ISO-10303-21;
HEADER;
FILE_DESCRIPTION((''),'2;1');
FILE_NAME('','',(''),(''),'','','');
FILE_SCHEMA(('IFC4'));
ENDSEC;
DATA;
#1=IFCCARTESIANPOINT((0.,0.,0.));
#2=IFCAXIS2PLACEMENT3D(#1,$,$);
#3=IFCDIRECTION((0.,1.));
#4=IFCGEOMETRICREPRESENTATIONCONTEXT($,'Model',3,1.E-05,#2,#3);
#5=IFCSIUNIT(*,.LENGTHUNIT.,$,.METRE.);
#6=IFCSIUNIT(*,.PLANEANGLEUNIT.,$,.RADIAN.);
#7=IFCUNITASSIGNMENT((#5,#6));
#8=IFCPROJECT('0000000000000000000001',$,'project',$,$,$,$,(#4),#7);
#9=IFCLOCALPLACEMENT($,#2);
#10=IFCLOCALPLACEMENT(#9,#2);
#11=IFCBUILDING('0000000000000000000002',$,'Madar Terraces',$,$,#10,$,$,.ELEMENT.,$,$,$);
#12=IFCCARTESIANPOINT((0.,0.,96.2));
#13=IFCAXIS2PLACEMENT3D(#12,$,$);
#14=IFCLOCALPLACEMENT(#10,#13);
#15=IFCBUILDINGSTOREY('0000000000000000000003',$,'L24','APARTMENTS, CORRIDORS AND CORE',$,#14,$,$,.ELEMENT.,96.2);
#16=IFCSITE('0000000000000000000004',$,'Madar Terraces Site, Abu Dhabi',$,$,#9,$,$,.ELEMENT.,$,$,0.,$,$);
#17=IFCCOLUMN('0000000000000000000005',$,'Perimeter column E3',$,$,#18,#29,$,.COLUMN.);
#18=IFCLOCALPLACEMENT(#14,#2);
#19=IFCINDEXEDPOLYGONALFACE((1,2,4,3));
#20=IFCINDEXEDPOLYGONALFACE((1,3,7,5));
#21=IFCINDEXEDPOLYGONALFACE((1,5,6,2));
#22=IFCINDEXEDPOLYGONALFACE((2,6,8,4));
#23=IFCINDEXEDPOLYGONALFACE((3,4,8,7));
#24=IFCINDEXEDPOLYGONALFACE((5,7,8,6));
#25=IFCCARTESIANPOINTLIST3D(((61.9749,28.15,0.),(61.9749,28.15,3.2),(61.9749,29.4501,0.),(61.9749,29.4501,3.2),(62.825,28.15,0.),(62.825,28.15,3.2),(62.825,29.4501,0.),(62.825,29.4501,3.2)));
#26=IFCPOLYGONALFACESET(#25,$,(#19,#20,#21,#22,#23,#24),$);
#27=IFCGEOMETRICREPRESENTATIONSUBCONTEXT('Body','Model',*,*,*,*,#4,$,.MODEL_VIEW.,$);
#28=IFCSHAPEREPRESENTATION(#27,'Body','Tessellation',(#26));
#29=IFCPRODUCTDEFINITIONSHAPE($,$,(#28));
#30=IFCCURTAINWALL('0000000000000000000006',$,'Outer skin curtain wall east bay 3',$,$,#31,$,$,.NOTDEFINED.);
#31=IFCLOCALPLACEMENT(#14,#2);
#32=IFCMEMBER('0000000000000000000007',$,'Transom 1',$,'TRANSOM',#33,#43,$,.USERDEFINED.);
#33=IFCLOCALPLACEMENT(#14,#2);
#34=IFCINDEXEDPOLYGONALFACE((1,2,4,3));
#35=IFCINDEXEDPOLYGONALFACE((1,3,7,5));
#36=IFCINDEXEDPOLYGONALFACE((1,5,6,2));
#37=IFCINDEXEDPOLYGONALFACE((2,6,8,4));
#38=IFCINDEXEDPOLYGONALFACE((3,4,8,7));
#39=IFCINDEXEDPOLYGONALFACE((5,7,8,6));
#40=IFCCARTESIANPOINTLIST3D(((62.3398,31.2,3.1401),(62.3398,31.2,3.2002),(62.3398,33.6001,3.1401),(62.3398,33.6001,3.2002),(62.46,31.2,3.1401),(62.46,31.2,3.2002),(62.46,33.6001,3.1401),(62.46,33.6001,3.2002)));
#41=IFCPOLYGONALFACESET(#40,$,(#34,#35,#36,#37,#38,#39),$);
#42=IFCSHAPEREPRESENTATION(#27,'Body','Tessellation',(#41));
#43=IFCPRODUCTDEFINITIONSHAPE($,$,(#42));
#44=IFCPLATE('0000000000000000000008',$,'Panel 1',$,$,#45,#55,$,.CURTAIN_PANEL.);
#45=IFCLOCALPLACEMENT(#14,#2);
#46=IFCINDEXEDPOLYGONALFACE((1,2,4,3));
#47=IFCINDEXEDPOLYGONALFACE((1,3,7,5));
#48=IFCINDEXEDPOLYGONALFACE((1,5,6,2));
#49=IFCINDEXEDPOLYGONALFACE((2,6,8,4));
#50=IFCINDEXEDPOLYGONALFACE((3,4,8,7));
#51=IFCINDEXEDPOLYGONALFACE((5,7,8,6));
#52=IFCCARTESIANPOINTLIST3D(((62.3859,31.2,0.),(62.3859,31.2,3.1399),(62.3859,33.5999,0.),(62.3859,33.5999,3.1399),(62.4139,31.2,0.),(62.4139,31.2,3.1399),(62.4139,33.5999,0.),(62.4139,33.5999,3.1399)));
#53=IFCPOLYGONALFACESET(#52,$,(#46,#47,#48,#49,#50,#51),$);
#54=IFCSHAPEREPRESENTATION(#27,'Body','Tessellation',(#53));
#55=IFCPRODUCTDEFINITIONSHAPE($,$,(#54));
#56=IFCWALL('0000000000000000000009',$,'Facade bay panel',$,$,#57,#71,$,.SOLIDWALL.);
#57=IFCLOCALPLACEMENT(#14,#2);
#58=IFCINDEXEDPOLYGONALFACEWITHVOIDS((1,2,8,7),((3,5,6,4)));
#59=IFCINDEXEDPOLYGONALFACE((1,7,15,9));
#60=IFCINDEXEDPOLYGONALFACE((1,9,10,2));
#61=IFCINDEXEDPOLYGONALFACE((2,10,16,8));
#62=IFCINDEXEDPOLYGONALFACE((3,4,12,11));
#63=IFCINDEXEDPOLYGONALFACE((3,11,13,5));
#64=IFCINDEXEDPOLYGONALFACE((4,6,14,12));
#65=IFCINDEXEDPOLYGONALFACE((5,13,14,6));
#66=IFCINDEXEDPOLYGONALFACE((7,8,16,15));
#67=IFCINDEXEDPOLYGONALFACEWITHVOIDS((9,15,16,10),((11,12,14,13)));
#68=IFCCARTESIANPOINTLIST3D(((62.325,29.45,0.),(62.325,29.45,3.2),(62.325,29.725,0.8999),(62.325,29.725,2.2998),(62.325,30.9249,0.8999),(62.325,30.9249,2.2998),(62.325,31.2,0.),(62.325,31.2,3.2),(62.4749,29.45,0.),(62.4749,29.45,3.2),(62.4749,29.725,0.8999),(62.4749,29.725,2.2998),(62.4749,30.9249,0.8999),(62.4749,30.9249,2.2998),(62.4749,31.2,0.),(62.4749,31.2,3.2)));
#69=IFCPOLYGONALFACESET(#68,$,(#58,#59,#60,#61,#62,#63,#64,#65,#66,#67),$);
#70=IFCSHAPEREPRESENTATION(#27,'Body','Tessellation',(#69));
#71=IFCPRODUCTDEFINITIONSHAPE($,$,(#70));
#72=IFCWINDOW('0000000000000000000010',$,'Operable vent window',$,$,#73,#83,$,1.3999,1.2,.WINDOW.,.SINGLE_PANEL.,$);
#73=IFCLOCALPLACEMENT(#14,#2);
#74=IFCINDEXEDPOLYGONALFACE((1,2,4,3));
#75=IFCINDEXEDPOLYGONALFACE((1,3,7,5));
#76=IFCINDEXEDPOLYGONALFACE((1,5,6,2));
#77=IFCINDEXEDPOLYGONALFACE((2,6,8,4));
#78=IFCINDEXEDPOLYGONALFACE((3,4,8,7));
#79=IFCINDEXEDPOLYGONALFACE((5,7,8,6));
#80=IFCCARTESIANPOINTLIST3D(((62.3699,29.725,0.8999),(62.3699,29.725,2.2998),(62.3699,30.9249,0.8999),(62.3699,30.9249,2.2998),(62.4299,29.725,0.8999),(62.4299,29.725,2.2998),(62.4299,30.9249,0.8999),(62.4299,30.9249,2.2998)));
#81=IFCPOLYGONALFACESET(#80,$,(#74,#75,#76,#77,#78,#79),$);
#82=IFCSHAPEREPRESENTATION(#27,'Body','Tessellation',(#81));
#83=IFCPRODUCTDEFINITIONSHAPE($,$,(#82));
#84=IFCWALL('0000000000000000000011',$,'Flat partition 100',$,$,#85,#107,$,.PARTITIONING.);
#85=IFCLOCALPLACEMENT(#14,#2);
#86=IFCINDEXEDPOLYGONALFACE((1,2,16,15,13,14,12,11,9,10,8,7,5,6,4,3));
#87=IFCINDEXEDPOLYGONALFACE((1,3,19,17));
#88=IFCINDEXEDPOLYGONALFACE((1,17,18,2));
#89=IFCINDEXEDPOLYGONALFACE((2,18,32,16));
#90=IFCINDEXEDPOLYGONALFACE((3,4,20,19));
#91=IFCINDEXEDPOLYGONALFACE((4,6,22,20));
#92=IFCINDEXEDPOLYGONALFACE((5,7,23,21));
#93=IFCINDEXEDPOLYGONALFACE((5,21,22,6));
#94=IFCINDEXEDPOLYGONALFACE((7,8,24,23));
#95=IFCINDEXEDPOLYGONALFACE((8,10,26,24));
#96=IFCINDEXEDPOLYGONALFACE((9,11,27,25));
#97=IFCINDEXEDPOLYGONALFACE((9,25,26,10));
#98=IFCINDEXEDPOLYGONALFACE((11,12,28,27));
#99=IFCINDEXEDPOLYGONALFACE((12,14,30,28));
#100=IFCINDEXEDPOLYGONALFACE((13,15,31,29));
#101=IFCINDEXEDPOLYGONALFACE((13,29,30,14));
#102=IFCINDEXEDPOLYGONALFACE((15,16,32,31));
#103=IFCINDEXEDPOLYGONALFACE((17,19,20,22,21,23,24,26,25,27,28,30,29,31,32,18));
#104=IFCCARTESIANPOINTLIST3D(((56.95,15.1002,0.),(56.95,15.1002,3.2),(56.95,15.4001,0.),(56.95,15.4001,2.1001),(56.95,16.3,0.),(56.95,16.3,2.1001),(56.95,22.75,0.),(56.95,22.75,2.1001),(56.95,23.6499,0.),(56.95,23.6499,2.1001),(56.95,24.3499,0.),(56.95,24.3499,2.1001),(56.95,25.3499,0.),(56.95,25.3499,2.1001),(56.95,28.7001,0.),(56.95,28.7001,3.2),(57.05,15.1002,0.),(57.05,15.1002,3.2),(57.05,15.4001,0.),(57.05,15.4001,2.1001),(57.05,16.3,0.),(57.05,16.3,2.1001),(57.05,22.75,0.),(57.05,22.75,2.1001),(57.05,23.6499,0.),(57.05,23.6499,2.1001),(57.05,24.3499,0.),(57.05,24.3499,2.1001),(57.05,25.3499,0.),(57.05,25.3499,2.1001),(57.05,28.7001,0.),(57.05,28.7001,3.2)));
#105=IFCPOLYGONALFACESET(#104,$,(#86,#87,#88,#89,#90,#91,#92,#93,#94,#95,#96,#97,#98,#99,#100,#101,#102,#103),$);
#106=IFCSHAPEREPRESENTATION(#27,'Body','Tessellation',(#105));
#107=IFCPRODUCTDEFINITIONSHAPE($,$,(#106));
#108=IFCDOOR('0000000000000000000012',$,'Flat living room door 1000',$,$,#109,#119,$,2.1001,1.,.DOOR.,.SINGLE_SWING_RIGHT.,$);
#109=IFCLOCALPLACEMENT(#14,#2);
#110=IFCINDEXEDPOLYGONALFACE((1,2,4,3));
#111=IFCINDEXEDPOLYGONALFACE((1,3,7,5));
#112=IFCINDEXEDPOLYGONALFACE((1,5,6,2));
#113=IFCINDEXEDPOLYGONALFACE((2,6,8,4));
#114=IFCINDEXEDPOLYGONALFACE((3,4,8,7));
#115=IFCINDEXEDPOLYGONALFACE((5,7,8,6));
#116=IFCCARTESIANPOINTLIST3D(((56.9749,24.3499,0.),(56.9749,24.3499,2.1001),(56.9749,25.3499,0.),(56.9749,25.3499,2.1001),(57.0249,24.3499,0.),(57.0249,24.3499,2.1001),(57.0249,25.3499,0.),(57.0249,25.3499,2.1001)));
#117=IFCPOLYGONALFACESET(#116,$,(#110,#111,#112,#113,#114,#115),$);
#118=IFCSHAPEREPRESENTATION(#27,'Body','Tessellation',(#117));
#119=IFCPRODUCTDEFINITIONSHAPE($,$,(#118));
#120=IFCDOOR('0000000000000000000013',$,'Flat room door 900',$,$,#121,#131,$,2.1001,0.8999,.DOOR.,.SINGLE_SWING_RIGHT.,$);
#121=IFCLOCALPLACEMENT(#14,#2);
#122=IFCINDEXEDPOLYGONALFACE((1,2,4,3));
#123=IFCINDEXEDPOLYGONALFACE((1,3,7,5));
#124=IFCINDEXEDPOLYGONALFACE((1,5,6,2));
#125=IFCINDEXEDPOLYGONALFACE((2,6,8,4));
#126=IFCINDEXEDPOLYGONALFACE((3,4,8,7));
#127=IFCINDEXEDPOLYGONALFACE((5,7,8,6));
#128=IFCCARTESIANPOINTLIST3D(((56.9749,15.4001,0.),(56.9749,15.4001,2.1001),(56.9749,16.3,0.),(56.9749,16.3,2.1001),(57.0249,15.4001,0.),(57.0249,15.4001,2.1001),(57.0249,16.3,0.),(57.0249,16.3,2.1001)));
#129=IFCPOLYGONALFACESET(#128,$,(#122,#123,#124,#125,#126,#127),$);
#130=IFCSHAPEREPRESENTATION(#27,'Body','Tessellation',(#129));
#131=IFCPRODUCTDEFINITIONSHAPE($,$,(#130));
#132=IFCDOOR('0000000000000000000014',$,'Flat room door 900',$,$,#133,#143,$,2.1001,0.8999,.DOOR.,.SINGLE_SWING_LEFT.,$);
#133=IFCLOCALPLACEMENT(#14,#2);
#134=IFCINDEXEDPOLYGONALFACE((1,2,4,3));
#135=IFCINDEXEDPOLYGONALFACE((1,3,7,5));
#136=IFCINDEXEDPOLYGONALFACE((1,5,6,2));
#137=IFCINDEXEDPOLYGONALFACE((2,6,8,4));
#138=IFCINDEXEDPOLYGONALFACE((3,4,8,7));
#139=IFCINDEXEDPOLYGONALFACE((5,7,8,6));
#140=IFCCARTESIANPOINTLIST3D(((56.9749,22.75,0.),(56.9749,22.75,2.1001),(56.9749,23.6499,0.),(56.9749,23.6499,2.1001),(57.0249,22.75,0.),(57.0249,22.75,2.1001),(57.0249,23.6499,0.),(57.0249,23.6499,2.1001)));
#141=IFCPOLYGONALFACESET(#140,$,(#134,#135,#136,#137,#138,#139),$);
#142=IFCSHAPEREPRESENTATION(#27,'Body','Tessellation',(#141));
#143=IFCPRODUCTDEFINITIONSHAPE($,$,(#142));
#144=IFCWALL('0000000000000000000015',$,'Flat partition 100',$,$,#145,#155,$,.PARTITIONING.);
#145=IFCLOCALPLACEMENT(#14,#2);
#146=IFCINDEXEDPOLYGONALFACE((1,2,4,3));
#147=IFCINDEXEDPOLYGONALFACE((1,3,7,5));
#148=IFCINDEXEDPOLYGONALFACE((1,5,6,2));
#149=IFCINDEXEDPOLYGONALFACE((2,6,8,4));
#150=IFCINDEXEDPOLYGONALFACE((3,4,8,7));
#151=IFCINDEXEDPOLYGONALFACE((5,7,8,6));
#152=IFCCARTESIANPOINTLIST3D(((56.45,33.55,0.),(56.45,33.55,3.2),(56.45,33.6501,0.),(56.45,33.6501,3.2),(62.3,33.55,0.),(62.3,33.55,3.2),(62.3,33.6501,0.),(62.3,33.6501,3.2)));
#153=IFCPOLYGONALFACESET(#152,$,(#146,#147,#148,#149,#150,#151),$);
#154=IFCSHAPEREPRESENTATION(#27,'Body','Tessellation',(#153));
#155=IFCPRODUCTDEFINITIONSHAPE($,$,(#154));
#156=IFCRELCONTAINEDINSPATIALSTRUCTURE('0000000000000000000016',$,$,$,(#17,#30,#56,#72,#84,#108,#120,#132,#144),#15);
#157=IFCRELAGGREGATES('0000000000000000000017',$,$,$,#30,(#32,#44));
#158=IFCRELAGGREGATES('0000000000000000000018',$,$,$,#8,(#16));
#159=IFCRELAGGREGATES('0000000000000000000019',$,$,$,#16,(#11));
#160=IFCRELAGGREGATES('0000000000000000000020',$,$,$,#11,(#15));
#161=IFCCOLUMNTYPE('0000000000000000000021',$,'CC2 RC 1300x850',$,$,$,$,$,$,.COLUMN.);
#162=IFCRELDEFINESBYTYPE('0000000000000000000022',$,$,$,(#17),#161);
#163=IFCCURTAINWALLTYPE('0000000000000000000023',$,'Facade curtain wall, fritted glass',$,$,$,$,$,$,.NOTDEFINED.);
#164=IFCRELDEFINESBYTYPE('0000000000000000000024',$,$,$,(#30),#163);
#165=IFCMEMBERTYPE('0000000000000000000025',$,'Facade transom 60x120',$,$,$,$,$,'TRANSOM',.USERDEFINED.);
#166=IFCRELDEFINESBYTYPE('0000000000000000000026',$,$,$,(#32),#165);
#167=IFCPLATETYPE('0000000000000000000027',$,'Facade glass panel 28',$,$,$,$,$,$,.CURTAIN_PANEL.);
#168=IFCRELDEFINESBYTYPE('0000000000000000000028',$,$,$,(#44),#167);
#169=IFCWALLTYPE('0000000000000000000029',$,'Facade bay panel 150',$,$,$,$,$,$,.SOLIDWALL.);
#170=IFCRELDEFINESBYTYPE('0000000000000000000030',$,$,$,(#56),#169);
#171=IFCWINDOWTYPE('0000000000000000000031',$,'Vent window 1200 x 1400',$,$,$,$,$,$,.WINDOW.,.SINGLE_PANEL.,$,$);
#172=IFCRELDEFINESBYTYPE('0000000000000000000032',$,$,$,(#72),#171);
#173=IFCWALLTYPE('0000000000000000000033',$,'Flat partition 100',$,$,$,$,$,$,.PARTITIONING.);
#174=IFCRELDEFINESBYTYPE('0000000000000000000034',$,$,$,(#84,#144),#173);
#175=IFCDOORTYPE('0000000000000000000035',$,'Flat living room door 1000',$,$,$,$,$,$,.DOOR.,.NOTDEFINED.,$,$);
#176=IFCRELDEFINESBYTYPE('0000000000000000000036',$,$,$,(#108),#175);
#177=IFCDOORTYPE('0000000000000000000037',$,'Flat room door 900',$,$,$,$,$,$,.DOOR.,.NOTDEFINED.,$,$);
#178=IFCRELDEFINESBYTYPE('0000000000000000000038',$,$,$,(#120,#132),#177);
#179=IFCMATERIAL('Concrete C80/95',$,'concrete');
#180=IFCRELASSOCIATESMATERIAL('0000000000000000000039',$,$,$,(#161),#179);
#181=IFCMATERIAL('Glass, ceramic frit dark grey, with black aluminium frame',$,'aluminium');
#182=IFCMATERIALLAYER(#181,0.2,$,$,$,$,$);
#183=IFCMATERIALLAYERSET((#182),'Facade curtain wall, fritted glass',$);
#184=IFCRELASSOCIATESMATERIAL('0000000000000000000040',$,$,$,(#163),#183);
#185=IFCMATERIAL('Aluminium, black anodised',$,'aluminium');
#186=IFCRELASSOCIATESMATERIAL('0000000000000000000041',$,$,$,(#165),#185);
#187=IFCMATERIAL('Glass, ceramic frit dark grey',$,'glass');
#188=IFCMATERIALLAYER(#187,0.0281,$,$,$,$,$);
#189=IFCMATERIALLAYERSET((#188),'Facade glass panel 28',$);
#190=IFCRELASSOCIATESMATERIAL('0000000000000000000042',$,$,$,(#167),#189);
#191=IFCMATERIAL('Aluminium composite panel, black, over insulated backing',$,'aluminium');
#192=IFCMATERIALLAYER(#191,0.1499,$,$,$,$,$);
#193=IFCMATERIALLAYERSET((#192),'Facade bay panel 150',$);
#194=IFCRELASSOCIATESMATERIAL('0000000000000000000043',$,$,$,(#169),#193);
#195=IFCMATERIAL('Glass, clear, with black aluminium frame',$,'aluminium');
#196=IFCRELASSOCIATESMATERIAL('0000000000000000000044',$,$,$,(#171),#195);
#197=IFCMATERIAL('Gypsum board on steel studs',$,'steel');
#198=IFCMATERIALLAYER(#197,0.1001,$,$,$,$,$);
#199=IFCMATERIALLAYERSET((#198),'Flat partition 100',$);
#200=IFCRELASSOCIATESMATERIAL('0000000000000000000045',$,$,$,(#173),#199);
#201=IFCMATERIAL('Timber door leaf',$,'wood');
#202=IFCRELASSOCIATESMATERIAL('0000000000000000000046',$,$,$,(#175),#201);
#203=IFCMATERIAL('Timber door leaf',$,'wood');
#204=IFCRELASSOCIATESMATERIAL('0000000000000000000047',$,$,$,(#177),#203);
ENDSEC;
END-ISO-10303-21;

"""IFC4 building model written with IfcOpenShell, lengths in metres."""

from ifc_helpers import new_model, si_unit, direction, frame, frame_2d, origin, origin_2d, place, context, subcontext, project, spatial, rectangle, extrude, material, layer, layer_set, material_profile, profile_set, type_object, element, fill, aggregate, save


model = new_model("IFC4")

# Units and contexts
model_context = context("Model", 3, precision=1e-05, world=origin(), true_north=direction((0.0, 1.0)))
body_context = subcontext(model_context, "Body", "Model", "MODEL_VIEW")
ifc_project = project(units=[si_unit("LENGTHUNIT", "METRE"), si_unit("PLANEANGLEUNIT", "RADIAN")], contexts=[model_context])

# Site, building, storey
site_placement = place(None, origin())
site = spatial("IfcSite", under=ifc_project, at=site_placement, Name="Madar Terraces Site, Abu Dhabi", CompositionType="ELEMENT", RefElevation=0.0)
building_placement = place(site_placement, origin())
building = spatial("IfcBuilding", under=site, at=building_placement, Name="Madar Terraces", CompositionType="ELEMENT")
storey_placement = place(building_placement, frame((0.0, 0.0, 96.2)))
storey = spatial("IfcBuildingStorey", under=building, at=storey_placement, Name="L24", Description="APARTMENTS, CORRIDORS AND CORE", CompositionType="ELEMENT", Elevation=96.2)

# Column
ifc_material_1 = material(Name="Concrete C80/95", Category="concrete")
ifc_material_profile_1 = material_profile(ifc_material_1, rectangle(XDim=1.3, YDim=0.8501, at=origin_2d()), Name="CC2 RC 1300x850")
ifc_profile_set_1 = profile_set([ifc_material_profile_1], Name="Concrete C80/95")
column_type = type_object("IfcColumnType", Name="CC2 RC 1300x850", PredefinedType="COLUMN", material=ifc_profile_set_1)
column_placement = place(storey_placement, frame((62.3999, 28.8, 0.0), z_axis=(0.0, 0.0, 1.0), x_axis=(0.0, 1.0, 0.0)))
element("IfcColumn", 1, at=column_placement, inside=storey, type_object=column_type, Name="Perimeter column E3", PredefinedType="COLUMN", context=body_context, shape_type="SweptSolid", body=[
    extrude(rectangle(XDim=1.3, YDim=0.8501, at=origin_2d()), origin(), (0.0, 0.0, 1.0), 3.2),
])

# Curtain wall, member, plate
ifc_material_2 = material(Name="Glass, ceramic frit dark grey, with black aluminium frame", Category="aluminium")
ifc_layer_1 = layer(ifc_material_2, 0.2)
ifc_layer_set_1 = layer_set([ifc_layer_1], Name="Facade curtain wall, fritted glass")
curtain_wall_type = type_object("IfcCurtainWallType", Name="Facade curtain wall, fritted glass", PredefinedType="NOTDEFINED", material=ifc_layer_set_1)
curtain_wall_placement = place(storey_placement, origin())
curtain_wall = element("IfcCurtainWall", 2, at=curtain_wall_placement, inside=storey, type_object=curtain_wall_type, Name="Outer skin curtain wall east bay 3", PredefinedType="NOTDEFINED")
ifc_material_3 = material(Name="Aluminium, black anodised", Category="aluminium")
ifc_material_profile_2 = material_profile(ifc_material_3, rectangle(XDim=0.1201, YDim=0.0601, at=origin_2d()), Name="Facade transom 60x120")
ifc_profile_set_2 = profile_set([ifc_material_profile_2], Name="Aluminium, black anodised")
member_type = type_object("IfcMemberType", Name="Facade transom 60x120", ElementType="TRANSOM", PredefinedType="USERDEFINED", material=ifc_profile_set_2)
member_placement = place(storey_placement, frame((62.3999, 31.2, 3.1702), z_axis=(0.0, 1.0, 0.0), x_axis=(-1.0, 0.0, 0.0)))
member = element("IfcMember", 3, at=member_placement, type_object=member_type, Name="Transom 1", ObjectType="TRANSOM", PredefinedType="USERDEFINED", context=body_context, shape_type="SweptSolid", body=[
    extrude(rectangle(XDim=0.1201, YDim=0.0601, at=origin_2d()), origin(), (0.0, 0.0, 1.0), 2.4001),
])
ifc_material_4 = material(Name="Glass, ceramic frit dark grey", Category="glass")
ifc_layer_2 = layer(ifc_material_4, 0.0281)
ifc_layer_set_2 = layer_set([ifc_layer_2], Name="Facade glass panel 28")
plate_type = type_object("IfcPlateType", Name="Facade glass panel 28", PredefinedType="CURTAIN_PANEL", material=ifc_layer_set_2)
plate_placement = place(storey_placement, frame((62.3999, 32.3999, 0.0), z_axis=(0.0, 0.0, 1.0), x_axis=(0.0, 1.0, 0.0)))
plate = element("IfcPlate", 4, at=plate_placement, type_object=plate_type, Name="Panel 1", PredefinedType="CURTAIN_PANEL", context=body_context, shape_type="SweptSolid", body=[
    extrude(rectangle(XDim=2.3999, YDim=0.0281, at=origin_2d()), origin(), (0.0, 0.0, 1.0), 3.1399),
])
aggregate(curtain_wall, [member, plate])

# Wall, opening, window
ifc_material_5 = material(Name="Aluminium composite panel, black, over insulated backing", Category="aluminium")
ifc_layer_3 = layer(ifc_material_5, 0.1499)
ifc_layer_set_3 = layer_set([ifc_layer_3], Name="Facade bay panel 150")
wall_type_1 = type_object("IfcWallType", Name="Facade bay panel 150", PredefinedType="SOLIDWALL", material=ifc_layer_set_3)
wall_1_placement = place(storey_placement, frame((62.3999, 29.45, 0.0), z_axis=(0.0, 0.0, 1.0), x_axis=(0.0, 1.0, 0.0)))
wall_1 = element("IfcWall", 5, at=wall_1_placement, inside=storey, type_object=wall_type_1, Name="Facade bay panel", PredefinedType="SOLIDWALL", context=body_context, shape_type="SweptSolid", body=[
    extrude(rectangle(XDim=1.75, YDim=0.1499, at=frame_2d((0.875, 0.0))), origin(), (0.0, 0.0, 1.0), 3.2),
])
opening_1_placement = place(wall_1_placement, frame((0.2749, 0.0, 0.8999)))
opening_1 = element("IfcOpeningElement", 6, at=opening_1_placement, cuts=wall_1, PredefinedType="OPENING", context=body_context, shape_type="SweptSolid", body=[
    extrude(rectangle(XDim=1.2, YDim=1.3999, at=frame_2d((0.6001, 0.7))), frame((0.0, 0.085, 0.0), z_axis=(0.0, -1.0, 0.0), x_axis=(1.0, 0.0, 0.0)), (0.0, 0.0, 1.0), 0.1699),
])
ifc_material_6 = material(Name="Glass, clear, with black aluminium frame", Category="aluminium")
window_type = type_object("IfcWindowType", Name="Vent window 1200 x 1400", PartitioningType="SINGLE_PANEL", PredefinedType="WINDOW", material=ifc_material_6)
window_placement = place(opening_1_placement, origin())
window = element("IfcWindow", 7, at=window_placement, inside=storey, type_object=window_type, Name="Operable vent window", OverallHeight=1.3999, OverallWidth=1.2, PartitioningType="SINGLE_PANEL", PredefinedType="WINDOW", context=body_context, shape_type="SweptSolid", body=[
    extrude(rectangle(XDim=1.2, YDim=1.3999, at=frame_2d((0.6001, 0.7))), frame((0.0, 0.03, 0.0), z_axis=(0.0, -1.0, 0.0), x_axis=(1.0, 0.0, 0.0)), (0.0, 0.0, 1.0), 0.0601),
])
fill(opening_1, window)

# Wall, openings, doors
ifc_material_7 = material(Name="Gypsum board on steel studs", Category="steel")
ifc_layer_4 = layer(ifc_material_7, 0.1001)
ifc_layer_set_4 = layer_set([ifc_layer_4], Name="Flat partition 100")
wall_type_2 = type_object("IfcWallType", Name="Flat partition 100", PredefinedType="PARTITIONING", material=ifc_layer_set_4)
wall_2_placement = place(storey_placement, frame((57.0, 28.7, 0.0), z_axis=(0.0, 0.0, 1.0), x_axis=(0.0, -1.0, 0.0)))
wall_2 = element("IfcWall", 8, at=wall_2_placement, inside=storey, type_object=wall_type_2, Name="Flat partition 100", PredefinedType="PARTITIONING", context=body_context, shape_type="SweptSolid", body=[
    extrude(rectangle(XDim=13.5999, YDim=0.1001, at=frame_2d((6.7998, 0.0))), origin(), (0.0, 0.0, 1.0), 3.2),
])
opening_2_placement = place(wall_2_placement, frame((12.3999, 0.0, 0.0)))
opening_2 = element("IfcOpeningElement", 9, at=opening_2_placement, cuts=wall_2, PredefinedType="OPENING", context=body_context, shape_type="SweptSolid", body=[
    extrude(rectangle(XDim=0.8999, YDim=2.1001, at=frame_2d((0.45, 1.05))), frame((0.0, 0.0601, 0.0), z_axis=(0.0, -1.0, 0.0), x_axis=(1.0, 0.0, 0.0)), (0.0, 0.0, 1.0), 0.1201),
])
opening_3_placement = place(wall_2_placement, frame((5.05, 0.0, 0.0)))
opening_3 = element("IfcOpeningElement", 10, at=opening_3_placement, cuts=wall_2, PredefinedType="OPENING", context=body_context, shape_type="SweptSolid", body=[
    extrude(rectangle(XDim=0.8999, YDim=2.1001, at=frame_2d((0.45, 1.05))), frame((0.0, 0.0601, 0.0), z_axis=(0.0, -1.0, 0.0), x_axis=(1.0, 0.0, 0.0)), (0.0, 0.0, 1.0), 0.1201),
])
opening_4_placement = place(wall_2_placement, frame((3.3501, 0.0, 0.0)))
opening_4 = element("IfcOpeningElement", 11, at=opening_4_placement, cuts=wall_2, PredefinedType="OPENING", context=body_context, shape_type="SweptSolid", body=[
    extrude(rectangle(XDim=1.0, YDim=2.1001, at=frame_2d((0.5, 1.05))), frame((0.0, 0.0601, 0.0), z_axis=(0.0, -1.0, 0.0), x_axis=(1.0, 0.0, 0.0)), (0.0, 0.0, 1.0), 0.1201),
])
ifc_material_8 = material(Name="Timber door leaf", Category="wood")
door_type_1 = type_object("IfcDoorType", Name="Flat living room door 1000", OperationType="NOTDEFINED", PredefinedType="DOOR", material=ifc_material_8)
door_1_placement = place(opening_4_placement, origin())
door_1 = element("IfcDoor", 12, at=door_1_placement, inside=storey, type_object=door_type_1, Name="Flat living room door 1000", OperationType="SINGLE_SWING_RIGHT", OverallHeight=2.1001, OverallWidth=1.0, PredefinedType="DOOR", context=body_context, shape_type="SweptSolid", body=[
    extrude(rectangle(XDim=1.0, YDim=2.1001, at=frame_2d((0.5, 1.05))), frame((0.0, 0.0249, 0.0), z_axis=(0.0, -1.0, 0.0), x_axis=(1.0, 0.0, 0.0)), (0.0, 0.0, 1.0), 0.05),
])
fill(opening_4, door_1)
ifc_material_9 = material(Name="Timber door leaf", Category="wood")
door_type_2 = type_object("IfcDoorType", Name="Flat room door 900", OperationType="NOTDEFINED", PredefinedType="DOOR", material=ifc_material_9)
door_2_placement = place(opening_2_placement, origin())
door_2 = element("IfcDoor", 13, at=door_2_placement, inside=storey, type_object=door_type_2, Name="Flat room door 900", OperationType="SINGLE_SWING_RIGHT", OverallHeight=2.1001, OverallWidth=0.8999, PredefinedType="DOOR", context=body_context, shape_type="SweptSolid", body=[
    extrude(rectangle(XDim=0.8999, YDim=2.1001, at=frame_2d((0.45, 1.05))), frame((0.0, 0.0249, 0.0), z_axis=(0.0, -1.0, 0.0), x_axis=(1.0, 0.0, 0.0)), (0.0, 0.0, 1.0), 0.05),
])
fill(opening_2, door_2)
door_3_placement = place(opening_3_placement, origin())
door_3 = element("IfcDoor", 14, at=door_3_placement, inside=storey, type_object=door_type_2, Name="Flat room door 900", OperationType="SINGLE_SWING_LEFT", OverallHeight=2.1001, OverallWidth=0.8999, PredefinedType="DOOR", context=body_context, shape_type="SweptSolid", body=[
    extrude(rectangle(XDim=0.8999, YDim=2.1001, at=frame_2d((0.45, 1.05))), frame((0.0, 0.0249, 0.0), z_axis=(0.0, -1.0, 0.0), x_axis=(1.0, 0.0, 0.0)), (0.0, 0.0, 1.0), 0.05),
])
fill(opening_3, door_3)

# Wall
wall_3_placement = place(storey_placement, frame((56.45, 33.6001, 0.0), z_axis=(0.0, 0.0, 1.0), x_axis=(1.0, 0.0, 0.0)))
element("IfcWall", 15, at=wall_3_placement, inside=storey, type_object=wall_type_2, Name="Flat partition 100", PredefinedType="PARTITIONING", context=body_context, shape_type="SweptSolid", body=[
    extrude(rectangle(XDim=5.8501, YDim=0.1001, at=frame_2d((2.925, 0.0))), origin(), (0.0, 0.0, 1.0), 3.2),
])

save(model, "model.ifc")
